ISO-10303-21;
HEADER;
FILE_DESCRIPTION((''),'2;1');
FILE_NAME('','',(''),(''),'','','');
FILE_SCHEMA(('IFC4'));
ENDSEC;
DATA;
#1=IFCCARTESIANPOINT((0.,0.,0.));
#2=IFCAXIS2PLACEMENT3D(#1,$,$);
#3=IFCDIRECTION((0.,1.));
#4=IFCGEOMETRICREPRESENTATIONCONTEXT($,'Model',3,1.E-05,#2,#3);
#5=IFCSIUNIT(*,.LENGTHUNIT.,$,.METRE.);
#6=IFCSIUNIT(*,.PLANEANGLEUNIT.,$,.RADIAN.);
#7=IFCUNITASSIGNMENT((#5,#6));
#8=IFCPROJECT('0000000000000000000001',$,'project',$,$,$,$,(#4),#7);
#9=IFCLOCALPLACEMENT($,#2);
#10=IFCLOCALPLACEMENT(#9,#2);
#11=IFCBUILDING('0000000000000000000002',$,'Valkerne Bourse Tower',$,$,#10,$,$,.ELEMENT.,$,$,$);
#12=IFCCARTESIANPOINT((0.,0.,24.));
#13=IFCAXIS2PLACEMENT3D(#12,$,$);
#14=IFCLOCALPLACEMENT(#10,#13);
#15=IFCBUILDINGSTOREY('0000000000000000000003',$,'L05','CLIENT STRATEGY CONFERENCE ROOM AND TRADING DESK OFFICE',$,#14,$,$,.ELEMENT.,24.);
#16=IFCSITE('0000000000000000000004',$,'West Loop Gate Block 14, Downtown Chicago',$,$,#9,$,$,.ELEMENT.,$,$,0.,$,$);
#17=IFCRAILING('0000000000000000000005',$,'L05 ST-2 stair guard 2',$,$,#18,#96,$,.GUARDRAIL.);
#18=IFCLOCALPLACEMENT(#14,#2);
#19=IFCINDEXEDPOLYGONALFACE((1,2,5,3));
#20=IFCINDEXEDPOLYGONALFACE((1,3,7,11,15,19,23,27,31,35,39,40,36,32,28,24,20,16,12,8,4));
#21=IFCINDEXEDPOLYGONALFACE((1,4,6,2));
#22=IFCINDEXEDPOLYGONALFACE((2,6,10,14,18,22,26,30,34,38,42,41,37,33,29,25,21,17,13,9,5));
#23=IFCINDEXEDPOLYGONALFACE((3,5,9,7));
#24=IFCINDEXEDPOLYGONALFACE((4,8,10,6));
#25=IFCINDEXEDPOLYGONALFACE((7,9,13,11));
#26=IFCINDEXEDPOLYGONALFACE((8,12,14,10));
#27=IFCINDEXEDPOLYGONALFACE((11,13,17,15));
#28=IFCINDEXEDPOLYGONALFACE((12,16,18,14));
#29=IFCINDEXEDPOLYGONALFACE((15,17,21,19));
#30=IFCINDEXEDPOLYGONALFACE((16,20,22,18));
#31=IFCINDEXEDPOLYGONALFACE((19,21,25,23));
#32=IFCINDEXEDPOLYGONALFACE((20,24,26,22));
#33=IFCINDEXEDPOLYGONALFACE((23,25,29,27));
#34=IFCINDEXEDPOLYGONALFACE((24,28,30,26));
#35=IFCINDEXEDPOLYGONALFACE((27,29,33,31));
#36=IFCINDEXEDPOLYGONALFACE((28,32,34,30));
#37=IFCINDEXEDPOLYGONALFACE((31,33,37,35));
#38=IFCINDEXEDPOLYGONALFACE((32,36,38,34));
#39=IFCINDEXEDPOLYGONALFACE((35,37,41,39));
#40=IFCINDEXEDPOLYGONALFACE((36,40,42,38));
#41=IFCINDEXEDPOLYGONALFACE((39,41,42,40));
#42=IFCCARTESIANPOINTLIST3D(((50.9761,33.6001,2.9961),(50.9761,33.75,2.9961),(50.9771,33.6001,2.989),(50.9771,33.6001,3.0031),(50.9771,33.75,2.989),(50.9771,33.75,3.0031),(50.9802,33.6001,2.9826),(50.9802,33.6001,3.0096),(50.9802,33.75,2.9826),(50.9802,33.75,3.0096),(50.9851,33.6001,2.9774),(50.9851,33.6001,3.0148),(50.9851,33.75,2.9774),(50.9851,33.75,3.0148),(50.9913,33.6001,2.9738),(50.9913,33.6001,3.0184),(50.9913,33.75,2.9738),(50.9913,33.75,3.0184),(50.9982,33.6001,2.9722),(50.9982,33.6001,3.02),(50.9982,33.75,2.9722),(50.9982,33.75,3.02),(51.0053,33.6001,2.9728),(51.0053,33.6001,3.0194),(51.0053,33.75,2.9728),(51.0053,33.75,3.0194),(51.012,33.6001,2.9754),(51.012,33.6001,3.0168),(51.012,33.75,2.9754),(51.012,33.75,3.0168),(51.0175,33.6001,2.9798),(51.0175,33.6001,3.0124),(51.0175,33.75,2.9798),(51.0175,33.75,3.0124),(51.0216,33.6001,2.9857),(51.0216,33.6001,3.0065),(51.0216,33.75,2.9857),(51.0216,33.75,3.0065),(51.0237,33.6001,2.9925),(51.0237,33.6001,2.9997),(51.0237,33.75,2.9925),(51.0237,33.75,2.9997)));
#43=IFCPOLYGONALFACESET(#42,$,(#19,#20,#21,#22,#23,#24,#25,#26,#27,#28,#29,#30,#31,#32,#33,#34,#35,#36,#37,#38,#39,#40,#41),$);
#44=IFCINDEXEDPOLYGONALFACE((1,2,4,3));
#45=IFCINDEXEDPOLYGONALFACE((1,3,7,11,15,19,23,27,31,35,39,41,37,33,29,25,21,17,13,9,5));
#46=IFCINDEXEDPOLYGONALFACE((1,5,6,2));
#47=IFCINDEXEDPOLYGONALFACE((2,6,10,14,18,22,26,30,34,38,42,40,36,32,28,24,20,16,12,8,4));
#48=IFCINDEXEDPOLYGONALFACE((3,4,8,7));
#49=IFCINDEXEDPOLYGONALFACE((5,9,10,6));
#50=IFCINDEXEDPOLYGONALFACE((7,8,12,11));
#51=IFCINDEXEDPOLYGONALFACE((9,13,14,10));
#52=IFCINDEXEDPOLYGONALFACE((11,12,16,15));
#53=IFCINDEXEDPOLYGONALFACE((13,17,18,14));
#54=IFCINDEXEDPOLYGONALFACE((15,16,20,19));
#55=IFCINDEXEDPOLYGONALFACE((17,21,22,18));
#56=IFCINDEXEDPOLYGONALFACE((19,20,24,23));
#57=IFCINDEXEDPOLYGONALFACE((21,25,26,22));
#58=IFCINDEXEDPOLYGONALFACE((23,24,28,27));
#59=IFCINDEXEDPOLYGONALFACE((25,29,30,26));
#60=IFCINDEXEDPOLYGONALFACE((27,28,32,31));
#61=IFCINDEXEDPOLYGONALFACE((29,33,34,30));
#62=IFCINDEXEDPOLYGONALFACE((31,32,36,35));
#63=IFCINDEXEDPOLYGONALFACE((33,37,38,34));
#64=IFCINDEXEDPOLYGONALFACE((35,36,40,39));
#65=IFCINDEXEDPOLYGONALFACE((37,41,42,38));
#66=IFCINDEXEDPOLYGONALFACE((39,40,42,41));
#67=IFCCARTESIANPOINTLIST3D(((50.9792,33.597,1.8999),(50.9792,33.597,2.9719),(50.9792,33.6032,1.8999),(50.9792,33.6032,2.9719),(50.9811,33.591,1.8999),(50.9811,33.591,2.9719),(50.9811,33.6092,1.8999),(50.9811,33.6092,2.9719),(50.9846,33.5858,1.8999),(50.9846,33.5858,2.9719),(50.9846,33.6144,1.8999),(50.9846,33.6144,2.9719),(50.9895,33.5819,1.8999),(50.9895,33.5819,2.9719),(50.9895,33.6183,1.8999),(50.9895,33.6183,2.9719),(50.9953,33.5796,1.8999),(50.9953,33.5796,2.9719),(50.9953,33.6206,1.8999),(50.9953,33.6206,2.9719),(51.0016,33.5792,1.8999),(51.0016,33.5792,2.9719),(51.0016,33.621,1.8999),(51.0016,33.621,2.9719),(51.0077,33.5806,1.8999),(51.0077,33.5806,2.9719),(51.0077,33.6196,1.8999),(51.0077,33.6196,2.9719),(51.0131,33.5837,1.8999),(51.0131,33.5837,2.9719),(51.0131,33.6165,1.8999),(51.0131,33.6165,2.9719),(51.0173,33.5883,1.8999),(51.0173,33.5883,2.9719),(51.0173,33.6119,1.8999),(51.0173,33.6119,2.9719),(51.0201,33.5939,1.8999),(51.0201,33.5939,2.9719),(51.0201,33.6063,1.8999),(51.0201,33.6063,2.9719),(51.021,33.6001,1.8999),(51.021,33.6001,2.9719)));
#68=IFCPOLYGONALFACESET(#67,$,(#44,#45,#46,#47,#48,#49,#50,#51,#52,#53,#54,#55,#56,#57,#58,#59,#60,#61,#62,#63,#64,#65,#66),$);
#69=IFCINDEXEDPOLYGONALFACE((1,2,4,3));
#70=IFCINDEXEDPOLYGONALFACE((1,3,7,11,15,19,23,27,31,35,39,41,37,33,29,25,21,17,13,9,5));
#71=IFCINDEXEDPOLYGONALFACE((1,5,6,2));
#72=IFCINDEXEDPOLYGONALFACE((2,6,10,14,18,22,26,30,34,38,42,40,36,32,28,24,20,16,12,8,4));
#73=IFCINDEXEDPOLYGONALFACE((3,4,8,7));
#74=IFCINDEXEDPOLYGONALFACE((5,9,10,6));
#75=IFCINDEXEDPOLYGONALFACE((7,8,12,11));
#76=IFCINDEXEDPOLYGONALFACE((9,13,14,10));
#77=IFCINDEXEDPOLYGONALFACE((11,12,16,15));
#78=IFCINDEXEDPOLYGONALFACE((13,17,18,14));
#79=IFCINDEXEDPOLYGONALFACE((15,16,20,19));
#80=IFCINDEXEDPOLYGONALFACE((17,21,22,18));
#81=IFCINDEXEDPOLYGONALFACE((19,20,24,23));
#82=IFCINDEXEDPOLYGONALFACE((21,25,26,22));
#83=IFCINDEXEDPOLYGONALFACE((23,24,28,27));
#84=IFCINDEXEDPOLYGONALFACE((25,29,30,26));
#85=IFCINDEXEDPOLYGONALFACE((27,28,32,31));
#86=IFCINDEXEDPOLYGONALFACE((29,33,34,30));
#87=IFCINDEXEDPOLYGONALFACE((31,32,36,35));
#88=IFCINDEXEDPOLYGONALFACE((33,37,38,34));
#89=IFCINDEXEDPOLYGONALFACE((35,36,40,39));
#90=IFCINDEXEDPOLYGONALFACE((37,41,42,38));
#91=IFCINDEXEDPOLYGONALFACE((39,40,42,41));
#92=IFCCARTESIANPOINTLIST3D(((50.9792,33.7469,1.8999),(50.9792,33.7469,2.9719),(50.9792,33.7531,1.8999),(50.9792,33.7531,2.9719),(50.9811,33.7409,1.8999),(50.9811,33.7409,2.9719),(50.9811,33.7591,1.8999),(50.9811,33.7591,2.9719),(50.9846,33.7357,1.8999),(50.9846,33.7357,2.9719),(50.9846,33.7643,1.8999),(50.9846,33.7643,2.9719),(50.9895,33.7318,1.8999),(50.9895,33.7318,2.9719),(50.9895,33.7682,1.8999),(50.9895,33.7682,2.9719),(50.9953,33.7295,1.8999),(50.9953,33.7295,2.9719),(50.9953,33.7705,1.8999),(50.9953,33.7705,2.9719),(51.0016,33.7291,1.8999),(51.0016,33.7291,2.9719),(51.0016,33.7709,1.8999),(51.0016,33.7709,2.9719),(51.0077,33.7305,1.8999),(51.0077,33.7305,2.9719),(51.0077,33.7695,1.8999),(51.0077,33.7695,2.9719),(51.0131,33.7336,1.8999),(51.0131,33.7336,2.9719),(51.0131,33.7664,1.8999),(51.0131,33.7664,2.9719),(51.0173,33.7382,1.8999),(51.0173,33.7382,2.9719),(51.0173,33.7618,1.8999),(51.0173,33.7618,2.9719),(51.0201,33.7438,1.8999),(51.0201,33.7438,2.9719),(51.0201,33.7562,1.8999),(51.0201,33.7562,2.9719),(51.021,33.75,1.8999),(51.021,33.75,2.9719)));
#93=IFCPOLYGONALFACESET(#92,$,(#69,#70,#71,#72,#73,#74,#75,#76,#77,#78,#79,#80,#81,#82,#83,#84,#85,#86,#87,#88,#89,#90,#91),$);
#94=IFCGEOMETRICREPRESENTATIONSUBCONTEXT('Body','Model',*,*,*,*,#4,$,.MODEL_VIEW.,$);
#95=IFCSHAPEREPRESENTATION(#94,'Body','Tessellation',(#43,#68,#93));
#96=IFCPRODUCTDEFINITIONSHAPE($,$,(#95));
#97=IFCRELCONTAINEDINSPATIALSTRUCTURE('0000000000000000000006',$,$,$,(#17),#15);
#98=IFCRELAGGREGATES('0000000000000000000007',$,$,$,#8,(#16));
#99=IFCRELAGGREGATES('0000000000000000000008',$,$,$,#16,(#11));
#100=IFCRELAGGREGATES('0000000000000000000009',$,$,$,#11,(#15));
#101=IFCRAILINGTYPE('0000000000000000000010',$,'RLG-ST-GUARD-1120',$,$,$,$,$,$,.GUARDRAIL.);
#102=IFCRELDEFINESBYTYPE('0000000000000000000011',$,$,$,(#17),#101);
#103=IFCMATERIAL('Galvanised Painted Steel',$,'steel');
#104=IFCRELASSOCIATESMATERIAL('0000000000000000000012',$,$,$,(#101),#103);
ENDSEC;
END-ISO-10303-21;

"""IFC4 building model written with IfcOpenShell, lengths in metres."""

from ifc_helpers import new_model, si_unit, direction, frame, origin, origin_2d, place, context, subcontext, project, spatial, circle, extrude, material, type_object, element, save


model = new_model("IFC4")

# Units and contexts
model_context = context("Model", 3, precision=1e-05, world=origin(), true_north=direction((0.0, 1.0)))
body_context = subcontext(model_context, "Body", "Model", "MODEL_VIEW")
ifc_project = project(units=[si_unit("LENGTHUNIT", "METRE"), si_unit("PLANEANGLEUNIT", "RADIAN")], contexts=[model_context])

# Site, building, storey
site_placement = place(None, origin())
site = spatial("IfcSite", under=ifc_project, at=site_placement, Name="West Loop Gate Block 14, Downtown Chicago", CompositionType="ELEMENT", RefElevation=0.0)
building_placement = place(site_placement, origin())
building = spatial("IfcBuilding", under=site, at=building_placement, Name="Valkerne Bourse Tower", CompositionType="ELEMENT")
storey_placement = place(building_placement, frame((0.0, 0.0, 24.0)))
storey = spatial("IfcBuildingStorey", under=building, at=storey_placement, Name="L05", Description="CLIENT STRATEGY CONFERENCE ROOM AND TRADING DESK OFFICE", CompositionType="ELEMENT", Elevation=24.0)

# Railing
ifc_material_1 = material(Name="Galvanised Painted Steel", Category="steel")
railing_type = type_object("IfcRailingType", Name="RLG-ST-GUARD-1120", PredefinedType="GUARDRAIL", material=ifc_material_1)
railing_1_placement = place(storey_placement, frame((51.0, 33.6001, 1.8999)))
element("IfcRailing", 1, at=railing_1_placement, inside=storey, type_object=railing_type, Name="L05 ST-2 stair guard 2", PredefinedType="GUARDRAIL", context=body_context, shape_type="SweptSolid", body=[
    extrude(circle(Radius=0.0239, at=origin_2d()), frame((0.0, 0.0, 1.0962), z_axis=(0.0, 1.0, 0.0), x_axis=(-1.0, 0.0, 0.0)), (0.0, 0.0, 1.0), 0.1499),
    extrude(circle(Radius=0.021, at=origin_2d()), origin(), (0.0, 0.0, 1.0), 1.072),
    extrude(circle(Radius=0.021, at=origin_2d()), frame((0.0, 0.1499, 0.0)), (0.0, 0.0, 1.0), 1.072),
])

save(model, "model.ifc")
